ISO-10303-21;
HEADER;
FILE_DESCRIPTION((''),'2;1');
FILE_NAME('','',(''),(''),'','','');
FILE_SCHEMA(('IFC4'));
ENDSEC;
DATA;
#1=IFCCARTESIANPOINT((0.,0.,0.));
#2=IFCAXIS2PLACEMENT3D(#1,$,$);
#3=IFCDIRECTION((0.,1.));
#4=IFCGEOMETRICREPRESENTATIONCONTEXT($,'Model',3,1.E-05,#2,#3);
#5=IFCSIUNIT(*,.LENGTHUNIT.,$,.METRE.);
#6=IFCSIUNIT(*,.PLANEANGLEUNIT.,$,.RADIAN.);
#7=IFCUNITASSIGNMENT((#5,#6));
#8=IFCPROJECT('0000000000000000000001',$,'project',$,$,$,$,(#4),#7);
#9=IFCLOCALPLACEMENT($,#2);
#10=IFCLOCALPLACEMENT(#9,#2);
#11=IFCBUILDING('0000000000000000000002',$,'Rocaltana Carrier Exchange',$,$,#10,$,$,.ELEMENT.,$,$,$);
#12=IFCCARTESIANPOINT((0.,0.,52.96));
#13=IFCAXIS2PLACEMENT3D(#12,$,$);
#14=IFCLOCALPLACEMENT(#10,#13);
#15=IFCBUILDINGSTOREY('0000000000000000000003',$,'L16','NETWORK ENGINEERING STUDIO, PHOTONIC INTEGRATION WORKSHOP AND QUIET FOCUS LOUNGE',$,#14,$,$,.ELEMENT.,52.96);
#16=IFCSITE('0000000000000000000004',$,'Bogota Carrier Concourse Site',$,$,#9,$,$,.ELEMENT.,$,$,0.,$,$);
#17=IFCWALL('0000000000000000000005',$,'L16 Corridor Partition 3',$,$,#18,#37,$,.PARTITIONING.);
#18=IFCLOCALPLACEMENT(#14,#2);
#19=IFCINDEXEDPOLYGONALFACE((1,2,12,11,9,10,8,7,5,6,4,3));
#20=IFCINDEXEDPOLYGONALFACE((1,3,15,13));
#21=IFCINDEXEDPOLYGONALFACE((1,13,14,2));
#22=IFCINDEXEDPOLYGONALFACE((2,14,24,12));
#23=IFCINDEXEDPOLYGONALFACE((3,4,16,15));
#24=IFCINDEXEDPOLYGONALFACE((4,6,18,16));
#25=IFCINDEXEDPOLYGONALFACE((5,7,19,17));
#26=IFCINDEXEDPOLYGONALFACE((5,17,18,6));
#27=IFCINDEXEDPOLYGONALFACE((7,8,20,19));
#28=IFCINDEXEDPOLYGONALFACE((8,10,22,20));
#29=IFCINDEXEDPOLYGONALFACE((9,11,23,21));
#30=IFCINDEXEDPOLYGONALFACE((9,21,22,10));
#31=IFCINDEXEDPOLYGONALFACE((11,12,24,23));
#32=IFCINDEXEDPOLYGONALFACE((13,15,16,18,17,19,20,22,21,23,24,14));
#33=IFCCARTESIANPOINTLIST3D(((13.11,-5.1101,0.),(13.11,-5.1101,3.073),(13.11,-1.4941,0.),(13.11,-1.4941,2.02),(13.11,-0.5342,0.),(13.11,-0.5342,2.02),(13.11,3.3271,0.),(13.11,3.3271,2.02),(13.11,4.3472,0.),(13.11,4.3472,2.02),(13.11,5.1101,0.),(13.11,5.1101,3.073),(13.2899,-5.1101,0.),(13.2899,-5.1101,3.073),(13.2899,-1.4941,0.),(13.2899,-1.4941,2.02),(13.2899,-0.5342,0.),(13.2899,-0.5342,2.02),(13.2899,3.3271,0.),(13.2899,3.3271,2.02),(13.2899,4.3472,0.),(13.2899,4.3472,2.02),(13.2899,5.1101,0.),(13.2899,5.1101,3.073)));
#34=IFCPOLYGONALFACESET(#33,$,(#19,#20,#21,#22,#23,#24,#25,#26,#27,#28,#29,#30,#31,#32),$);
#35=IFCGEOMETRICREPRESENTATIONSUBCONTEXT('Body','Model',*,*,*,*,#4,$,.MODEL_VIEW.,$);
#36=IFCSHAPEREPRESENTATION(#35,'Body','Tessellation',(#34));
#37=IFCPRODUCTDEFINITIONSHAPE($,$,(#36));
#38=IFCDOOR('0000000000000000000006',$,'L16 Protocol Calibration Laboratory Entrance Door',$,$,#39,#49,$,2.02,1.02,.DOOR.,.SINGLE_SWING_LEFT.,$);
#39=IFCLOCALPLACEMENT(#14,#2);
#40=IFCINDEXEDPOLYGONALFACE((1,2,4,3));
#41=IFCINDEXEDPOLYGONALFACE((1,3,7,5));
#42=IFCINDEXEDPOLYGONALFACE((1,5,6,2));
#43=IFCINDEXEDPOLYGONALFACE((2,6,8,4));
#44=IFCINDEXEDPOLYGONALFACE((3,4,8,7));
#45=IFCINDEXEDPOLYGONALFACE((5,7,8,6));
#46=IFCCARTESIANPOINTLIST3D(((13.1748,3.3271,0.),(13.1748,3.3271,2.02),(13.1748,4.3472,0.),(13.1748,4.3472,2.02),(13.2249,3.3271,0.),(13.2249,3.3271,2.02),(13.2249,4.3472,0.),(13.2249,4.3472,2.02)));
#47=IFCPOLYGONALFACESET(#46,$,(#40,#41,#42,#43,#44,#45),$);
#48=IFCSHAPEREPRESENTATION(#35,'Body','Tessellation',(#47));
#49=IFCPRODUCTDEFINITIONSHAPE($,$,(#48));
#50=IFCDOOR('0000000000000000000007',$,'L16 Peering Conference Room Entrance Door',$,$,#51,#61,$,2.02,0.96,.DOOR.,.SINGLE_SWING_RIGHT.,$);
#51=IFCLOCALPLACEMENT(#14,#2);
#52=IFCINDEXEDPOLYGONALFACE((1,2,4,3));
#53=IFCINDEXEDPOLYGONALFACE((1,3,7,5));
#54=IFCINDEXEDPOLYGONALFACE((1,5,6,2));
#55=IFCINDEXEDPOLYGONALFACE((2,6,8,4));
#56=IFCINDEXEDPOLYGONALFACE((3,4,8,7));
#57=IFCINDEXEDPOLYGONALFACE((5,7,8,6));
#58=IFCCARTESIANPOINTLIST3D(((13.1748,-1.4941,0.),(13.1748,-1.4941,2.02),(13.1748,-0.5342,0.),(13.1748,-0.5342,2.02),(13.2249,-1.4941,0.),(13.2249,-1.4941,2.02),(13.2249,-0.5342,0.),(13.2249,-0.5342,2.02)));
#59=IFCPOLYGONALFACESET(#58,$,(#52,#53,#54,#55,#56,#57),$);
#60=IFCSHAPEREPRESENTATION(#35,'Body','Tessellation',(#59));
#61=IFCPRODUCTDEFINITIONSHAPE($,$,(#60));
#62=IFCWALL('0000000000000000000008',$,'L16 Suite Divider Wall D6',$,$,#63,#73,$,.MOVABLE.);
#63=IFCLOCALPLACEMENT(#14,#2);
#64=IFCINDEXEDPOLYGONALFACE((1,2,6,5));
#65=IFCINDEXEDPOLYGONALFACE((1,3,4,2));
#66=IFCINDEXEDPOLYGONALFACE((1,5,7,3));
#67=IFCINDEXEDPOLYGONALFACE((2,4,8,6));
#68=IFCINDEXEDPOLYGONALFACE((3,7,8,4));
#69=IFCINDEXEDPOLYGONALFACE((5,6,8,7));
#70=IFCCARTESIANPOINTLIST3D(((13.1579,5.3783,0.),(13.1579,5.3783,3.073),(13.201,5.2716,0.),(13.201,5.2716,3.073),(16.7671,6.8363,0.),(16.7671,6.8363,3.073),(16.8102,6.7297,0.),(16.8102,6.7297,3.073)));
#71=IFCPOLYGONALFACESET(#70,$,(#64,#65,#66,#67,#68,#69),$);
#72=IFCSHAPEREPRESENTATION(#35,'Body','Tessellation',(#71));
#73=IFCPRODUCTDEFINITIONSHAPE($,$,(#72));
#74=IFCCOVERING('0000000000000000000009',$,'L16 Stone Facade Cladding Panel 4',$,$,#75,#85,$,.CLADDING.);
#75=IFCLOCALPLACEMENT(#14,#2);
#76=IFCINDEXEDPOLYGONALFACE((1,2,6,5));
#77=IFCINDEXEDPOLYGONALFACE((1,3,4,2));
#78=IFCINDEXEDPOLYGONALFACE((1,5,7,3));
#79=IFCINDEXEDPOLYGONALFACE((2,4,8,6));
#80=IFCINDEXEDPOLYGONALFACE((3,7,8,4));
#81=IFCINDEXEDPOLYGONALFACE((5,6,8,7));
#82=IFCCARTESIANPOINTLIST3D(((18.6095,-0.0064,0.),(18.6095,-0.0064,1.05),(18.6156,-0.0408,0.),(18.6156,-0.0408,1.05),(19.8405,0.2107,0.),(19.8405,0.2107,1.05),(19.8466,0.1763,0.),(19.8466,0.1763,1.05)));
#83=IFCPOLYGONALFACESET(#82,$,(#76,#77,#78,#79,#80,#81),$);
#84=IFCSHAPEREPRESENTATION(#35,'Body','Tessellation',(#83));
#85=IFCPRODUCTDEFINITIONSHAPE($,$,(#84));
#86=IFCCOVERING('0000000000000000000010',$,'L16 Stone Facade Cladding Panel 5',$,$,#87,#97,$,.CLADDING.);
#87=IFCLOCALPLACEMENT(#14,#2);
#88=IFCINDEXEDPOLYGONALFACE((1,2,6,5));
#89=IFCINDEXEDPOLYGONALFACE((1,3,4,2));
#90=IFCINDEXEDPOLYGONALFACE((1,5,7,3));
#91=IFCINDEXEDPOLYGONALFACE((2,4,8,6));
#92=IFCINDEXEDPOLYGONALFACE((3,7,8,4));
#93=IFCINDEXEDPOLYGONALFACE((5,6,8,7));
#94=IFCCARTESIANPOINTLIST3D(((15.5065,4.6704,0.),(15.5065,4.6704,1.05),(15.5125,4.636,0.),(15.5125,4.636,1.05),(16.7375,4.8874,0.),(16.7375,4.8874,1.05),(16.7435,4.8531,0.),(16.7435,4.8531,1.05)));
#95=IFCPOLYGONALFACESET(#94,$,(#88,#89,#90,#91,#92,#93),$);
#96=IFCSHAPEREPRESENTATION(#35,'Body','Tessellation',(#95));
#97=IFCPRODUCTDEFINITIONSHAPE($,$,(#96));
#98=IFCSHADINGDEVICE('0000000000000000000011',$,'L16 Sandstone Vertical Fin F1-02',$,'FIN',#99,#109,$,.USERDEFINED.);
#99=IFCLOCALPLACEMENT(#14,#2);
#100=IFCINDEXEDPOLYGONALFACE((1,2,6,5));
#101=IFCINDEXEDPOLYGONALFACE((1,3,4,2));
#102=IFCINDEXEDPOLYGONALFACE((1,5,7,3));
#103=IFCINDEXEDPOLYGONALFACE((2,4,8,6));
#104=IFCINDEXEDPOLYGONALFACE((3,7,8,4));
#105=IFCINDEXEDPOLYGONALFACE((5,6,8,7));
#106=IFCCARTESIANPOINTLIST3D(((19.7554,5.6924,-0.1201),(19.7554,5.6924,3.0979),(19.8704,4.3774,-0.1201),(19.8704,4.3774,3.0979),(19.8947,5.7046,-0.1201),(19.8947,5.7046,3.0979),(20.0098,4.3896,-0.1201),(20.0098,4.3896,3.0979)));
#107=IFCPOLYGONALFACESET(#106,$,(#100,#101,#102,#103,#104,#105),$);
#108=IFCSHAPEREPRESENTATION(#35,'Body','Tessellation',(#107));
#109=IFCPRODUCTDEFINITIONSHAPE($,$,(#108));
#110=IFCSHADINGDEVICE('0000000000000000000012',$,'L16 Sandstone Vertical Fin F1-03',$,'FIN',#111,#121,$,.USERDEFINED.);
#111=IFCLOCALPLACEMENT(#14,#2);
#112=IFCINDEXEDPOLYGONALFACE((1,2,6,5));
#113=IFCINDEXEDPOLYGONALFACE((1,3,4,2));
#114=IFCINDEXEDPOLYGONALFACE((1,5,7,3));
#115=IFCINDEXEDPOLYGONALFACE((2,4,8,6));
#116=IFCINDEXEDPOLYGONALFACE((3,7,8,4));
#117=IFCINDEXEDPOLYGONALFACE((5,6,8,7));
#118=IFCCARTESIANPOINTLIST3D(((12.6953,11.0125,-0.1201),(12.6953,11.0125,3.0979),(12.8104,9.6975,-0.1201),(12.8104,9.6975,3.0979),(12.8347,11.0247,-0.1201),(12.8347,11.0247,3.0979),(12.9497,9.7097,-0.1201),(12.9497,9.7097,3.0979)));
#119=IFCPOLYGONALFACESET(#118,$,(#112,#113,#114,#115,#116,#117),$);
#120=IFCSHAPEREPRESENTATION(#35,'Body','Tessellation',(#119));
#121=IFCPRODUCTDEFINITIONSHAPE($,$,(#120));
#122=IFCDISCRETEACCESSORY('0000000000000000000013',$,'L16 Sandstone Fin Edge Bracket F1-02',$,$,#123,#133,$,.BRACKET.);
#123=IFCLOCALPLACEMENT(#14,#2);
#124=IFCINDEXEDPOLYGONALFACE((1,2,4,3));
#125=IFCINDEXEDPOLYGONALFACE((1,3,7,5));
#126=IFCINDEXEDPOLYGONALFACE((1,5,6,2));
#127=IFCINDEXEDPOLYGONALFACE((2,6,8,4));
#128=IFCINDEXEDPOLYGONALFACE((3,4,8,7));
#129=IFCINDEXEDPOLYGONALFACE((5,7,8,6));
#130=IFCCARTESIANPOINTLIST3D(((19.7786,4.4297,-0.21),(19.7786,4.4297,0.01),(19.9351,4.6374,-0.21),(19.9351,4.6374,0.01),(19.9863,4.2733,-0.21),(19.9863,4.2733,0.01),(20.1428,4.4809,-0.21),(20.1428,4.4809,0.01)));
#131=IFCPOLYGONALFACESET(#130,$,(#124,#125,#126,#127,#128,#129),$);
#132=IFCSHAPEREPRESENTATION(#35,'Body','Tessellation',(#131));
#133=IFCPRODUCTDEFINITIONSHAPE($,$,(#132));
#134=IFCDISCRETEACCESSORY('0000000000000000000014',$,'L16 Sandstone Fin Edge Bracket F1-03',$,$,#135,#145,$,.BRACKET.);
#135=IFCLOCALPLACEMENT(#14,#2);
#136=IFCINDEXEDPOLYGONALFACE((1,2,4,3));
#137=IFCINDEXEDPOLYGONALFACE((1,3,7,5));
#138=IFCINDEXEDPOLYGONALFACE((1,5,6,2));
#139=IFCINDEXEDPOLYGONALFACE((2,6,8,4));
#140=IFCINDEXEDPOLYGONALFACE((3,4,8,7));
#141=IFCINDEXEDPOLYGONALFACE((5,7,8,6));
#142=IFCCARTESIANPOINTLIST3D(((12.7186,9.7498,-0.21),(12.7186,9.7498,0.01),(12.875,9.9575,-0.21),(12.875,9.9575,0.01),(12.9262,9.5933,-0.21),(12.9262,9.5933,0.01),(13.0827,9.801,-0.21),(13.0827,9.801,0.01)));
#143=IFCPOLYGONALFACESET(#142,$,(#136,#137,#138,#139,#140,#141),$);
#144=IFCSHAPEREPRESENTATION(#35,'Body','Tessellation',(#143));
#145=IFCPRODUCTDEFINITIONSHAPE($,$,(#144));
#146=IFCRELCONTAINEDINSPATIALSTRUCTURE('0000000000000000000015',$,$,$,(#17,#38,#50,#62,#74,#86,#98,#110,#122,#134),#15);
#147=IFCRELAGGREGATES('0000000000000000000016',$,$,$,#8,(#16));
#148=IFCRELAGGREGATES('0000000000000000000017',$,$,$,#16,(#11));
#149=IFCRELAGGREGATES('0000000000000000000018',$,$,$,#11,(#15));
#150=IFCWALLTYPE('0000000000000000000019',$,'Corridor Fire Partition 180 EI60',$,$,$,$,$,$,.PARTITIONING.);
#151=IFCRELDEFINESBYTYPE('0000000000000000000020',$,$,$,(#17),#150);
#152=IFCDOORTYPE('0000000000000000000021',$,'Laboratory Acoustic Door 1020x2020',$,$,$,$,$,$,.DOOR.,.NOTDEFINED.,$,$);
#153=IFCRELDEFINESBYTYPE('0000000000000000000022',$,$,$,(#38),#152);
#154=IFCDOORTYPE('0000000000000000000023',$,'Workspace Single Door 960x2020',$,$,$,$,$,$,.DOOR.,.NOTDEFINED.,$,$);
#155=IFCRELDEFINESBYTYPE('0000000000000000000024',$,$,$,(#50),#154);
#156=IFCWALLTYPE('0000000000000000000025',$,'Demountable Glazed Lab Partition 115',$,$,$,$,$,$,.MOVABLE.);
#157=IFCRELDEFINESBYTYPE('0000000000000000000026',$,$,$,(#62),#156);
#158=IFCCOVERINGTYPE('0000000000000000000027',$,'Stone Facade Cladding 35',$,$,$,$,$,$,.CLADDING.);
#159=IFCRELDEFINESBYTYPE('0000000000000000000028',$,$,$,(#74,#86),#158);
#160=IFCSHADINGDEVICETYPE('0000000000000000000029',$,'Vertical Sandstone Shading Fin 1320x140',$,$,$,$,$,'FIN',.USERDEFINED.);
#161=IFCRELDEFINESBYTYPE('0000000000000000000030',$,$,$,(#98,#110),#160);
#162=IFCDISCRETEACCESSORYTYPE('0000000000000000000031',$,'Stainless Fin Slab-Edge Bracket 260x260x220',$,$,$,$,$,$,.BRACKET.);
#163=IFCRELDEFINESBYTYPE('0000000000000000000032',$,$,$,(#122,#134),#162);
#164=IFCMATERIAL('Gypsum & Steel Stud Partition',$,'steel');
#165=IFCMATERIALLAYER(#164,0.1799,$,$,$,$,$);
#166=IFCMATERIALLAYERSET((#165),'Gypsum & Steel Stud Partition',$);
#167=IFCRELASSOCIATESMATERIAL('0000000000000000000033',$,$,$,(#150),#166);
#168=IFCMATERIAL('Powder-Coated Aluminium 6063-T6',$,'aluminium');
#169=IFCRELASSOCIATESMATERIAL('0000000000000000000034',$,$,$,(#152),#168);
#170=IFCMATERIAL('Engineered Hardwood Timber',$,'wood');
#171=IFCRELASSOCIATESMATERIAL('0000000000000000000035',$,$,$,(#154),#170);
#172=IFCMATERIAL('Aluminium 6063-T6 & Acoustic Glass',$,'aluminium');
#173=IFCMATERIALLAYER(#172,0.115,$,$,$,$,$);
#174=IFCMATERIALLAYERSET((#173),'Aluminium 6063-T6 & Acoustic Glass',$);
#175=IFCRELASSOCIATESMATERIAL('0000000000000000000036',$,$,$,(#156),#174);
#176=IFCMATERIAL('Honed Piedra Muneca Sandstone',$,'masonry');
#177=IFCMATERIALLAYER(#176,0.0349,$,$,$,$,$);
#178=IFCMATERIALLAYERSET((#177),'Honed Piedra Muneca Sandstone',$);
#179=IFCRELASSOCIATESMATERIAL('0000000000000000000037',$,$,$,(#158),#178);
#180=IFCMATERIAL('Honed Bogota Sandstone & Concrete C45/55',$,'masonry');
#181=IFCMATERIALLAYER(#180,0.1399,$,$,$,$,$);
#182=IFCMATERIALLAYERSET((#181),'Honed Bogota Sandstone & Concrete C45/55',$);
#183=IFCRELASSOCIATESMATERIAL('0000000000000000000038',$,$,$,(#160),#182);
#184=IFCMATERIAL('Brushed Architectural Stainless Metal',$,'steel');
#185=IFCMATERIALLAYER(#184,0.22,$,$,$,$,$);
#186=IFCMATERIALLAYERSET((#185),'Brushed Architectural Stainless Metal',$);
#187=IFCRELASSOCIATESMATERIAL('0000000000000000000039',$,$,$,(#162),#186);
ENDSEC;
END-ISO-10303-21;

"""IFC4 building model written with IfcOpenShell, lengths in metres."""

from ifc_helpers import new_model, si_unit, direction, frame, frame_2d, origin, origin_2d, place, context, subcontext, project, spatial, rectangle, extrude, material, layer, layer_set, type_object, element, fill, save


model = new_model("IFC4")

# Units and contexts
model_context = context("Model", 3, precision=1e-05, world=origin(), true_north=direction((0.0, 1.0)))
body_context = subcontext(model_context, "Body", "Model", "MODEL_VIEW")
ifc_project = project(units=[si_unit("LENGTHUNIT", "METRE"), si_unit("PLANEANGLEUNIT", "RADIAN")], contexts=[model_context])

# Site, building, storey
site_placement = place(None, origin())
site = spatial("IfcSite", under=ifc_project, at=site_placement, Name="Bogota Carrier Concourse Site", CompositionType="ELEMENT", RefElevation=0.0)
building_placement = place(site_placement, origin())
building = spatial("IfcBuilding", under=site, at=building_placement, Name="Rocaltana Carrier Exchange", CompositionType="ELEMENT")
storey_placement = place(building_placement, frame((0.0, 0.0, 52.96)))
storey = spatial("IfcBuildingStorey", under=building, at=storey_placement, Name="L16", Description="NETWORK ENGINEERING STUDIO, PHOTONIC INTEGRATION WORKSHOP AND QUIET FOCUS LOUNGE", CompositionType="ELEMENT", Elevation=52.96)

# Wall, openings, doors
ifc_material_1 = material(Name="Gypsum & Steel Stud Partition", Category="steel")
ifc_layer_1 = layer(ifc_material_1, 0.1799)
ifc_layer_set_1 = layer_set([ifc_layer_1], Name="Gypsum & Steel Stud Partition")
wall_type_1 = type_object("IfcWallType", Name="Corridor Fire Partition 180 EI60", PredefinedType="PARTITIONING", material=ifc_layer_set_1)
wall_1_placement = place(storey_placement, frame((13.2, 5.1101, 0.0), z_axis=(0.0, 0.0, 1.0), x_axis=(0.0, -1.0, 0.0)))
wall_1 = element("IfcWall", 1, at=wall_1_placement, inside=storey, type_object=wall_type_1, Name="L16 Corridor Partition 3", PredefinedType="PARTITIONING", context=body_context, shape_type="SweptSolid", body=[
    extrude(rectangle(XDim=10.2202, YDim=0.1799, at=frame_2d((5.1101, 0.0))), origin(), (0.0, 0.0, 1.0), 3.073),
])
opening_1_placement = place(wall_1_placement, frame((5.6443, 0.0, 0.0)))
opening_1 = element("IfcOpeningElement", 2, at=opening_1_placement, cuts=wall_1, PredefinedType="OPENING", context=body_context, shape_type="SweptSolid", body=[
    extrude(rectangle(XDim=0.96, YDim=2.02, at=frame_2d((0.48, 1.01))), frame((0.0, 0.0999, 0.0), z_axis=(0.0, -1.0, 0.0), x_axis=(1.0, 0.0, 0.0)), (0.0, 0.0, 1.0), 0.2),
])
opening_2_placement = place(wall_1_placement, frame((0.7629, 0.0, 0.0)))
opening_2 = element("IfcOpeningElement", 3, at=opening_2_placement, cuts=wall_1, PredefinedType="OPENING", context=body_context, shape_type="SweptSolid", body=[
    extrude(rectangle(XDim=1.02, YDim=2.02, at=frame_2d((0.51, 1.01))), frame((0.0, 0.0999, 0.0), z_axis=(0.0, -1.0, 0.0), x_axis=(1.0, 0.0, 0.0)), (0.0, 0.0, 1.0), 0.2),
])
ifc_material_2 = material(Name="Powder-Coated Aluminium 6063-T6", Category="aluminium")
door_type_1 = type_object("IfcDoorType", Name="Laboratory Acoustic Door 1020x2020", OperationType="NOTDEFINED", PredefinedType="DOOR", material=ifc_material_2)
door_1_placement = place(opening_2_placement, origin())
door_1 = element("IfcDoor", 4, at=door_1_placement, inside=storey, type_object=door_type_1, Name="L16 Protocol Calibration Laboratory Entrance Door", OperationType="SINGLE_SWING_LEFT", OverallHeight=2.02, OverallWidth=1.02, PredefinedType="DOOR", context=body_context, shape_type="SweptSolid", body=[
    extrude(rectangle(XDim=1.02, YDim=2.02, at=frame_2d((0.51, 1.01))), frame((0.0, 0.0249, 0.0), z_axis=(0.0, -1.0, 0.0), x_axis=(1.0, 0.0, 0.0)), (0.0, 0.0, 1.0), 0.05),
])
fill(opening_2, door_1)
ifc_material_3 = material(Name="Engineered Hardwood Timber", Category="wood")
door_type_2 = type_object("IfcDoorType", Name="Workspace Single Door 960x2020", OperationType="NOTDEFINED", PredefinedType="DOOR", material=ifc_material_3)
door_2_placement = place(opening_1_placement, origin())
door_2 = element("IfcDoor", 5, at=door_2_placement, inside=storey, type_object=door_type_2, Name="L16 Peering Conference Room Entrance Door", OperationType="SINGLE_SWING_RIGHT", OverallHeight=2.02, OverallWidth=0.96, PredefinedType="DOOR", context=body_context, shape_type="SweptSolid", body=[
    extrude(rectangle(XDim=0.96, YDim=2.02, at=frame_2d((0.48, 1.01))), frame((0.0, 0.0249, 0.0), z_axis=(0.0, -1.0, 0.0), x_axis=(1.0, 0.0, 0.0)), (0.0, 0.0, 1.0), 0.05),
])
fill(opening_1, door_2)

# Wall
ifc_material_4 = material(Name="Aluminium 6063-T6 & Acoustic Glass", Category="aluminium")
ifc_layer_2 = layer(ifc_material_4, 0.115)
ifc_layer_set_2 = layer_set([ifc_layer_2], Name="Aluminium 6063-T6 & Acoustic Glass")
wall_type_2 = type_object("IfcWallType", Name="Demountable Glazed Lab Partition 115", PredefinedType="MOVABLE", material=ifc_layer_set_2)
wall_2_placement = place(storey_placement, frame((13.1794, 5.325, 0.0), z_axis=(0.0, 0.0, 1.0), x_axis=(0.9272, 0.374568, 0.0)))
element("IfcWall", 6, at=wall_2_placement, inside=storey, type_object=wall_type_2, Name="L16 Suite Divider Wall D6", PredefinedType="MOVABLE", context=body_context, shape_type="SweptSolid", body=[
    extrude(rectangle(XDim=3.8926, YDim=0.115, at=frame_2d((1.9463, 0.0))), origin(), (0.0, 0.0, 1.0), 3.073),
])

# Coverings
ifc_material_5 = material(Name="Honed Piedra Muneca Sandstone", Category="masonry")
ifc_layer_3 = layer(ifc_material_5, 0.0349)
ifc_layer_set_3 = layer_set([ifc_layer_3], Name="Honed Piedra Muneca Sandstone")
covering_type = type_object("IfcCoveringType", Name="Stone Facade Cladding 35", PredefinedType="CLADDING", material=ifc_layer_set_3)
for number, where, z_axis, x_axis, name in (
    (7, (19.228, 0.085, 0.0), (0.0, 0.0, 1.0), (0.984808, 0.173648, 0.0), "L16 Stone Facade Cladding Panel 4"),
    (8, (16.125, 4.7617, 0.0), (0.0, 0.0, 1.0), (0.984808, 0.173648, 0.0), "L16 Stone Facade Cladding Panel 5"),
):
    element("IfcCovering", number, at=place(storey_placement, frame(where, z_axis=z_axis, x_axis=x_axis)), inside=storey, type_object=covering_type, Name=name, PredefinedType="CLADDING", context=body_context, shape_type="SweptSolid", body=[
        extrude(rectangle(XDim=1.25, YDim=0.0349, at=origin_2d()), origin(), (0.0, 0.0, 1.0), 1.05),
    ])

# Shading devices
ifc_material_6 = material(Name="Honed Bogota Sandstone & Concrete C45/55", Category="masonry")
ifc_layer_4 = layer(ifc_material_6, 0.1399)
ifc_layer_set_4 = layer_set([ifc_layer_4], Name="Honed Bogota Sandstone & Concrete C45/55")
shading_device_type = type_object("IfcShadingDeviceType", Name="Vertical Sandstone Shading Fin 1320x140", ElementType="FIN", PredefinedType="USERDEFINED", material=ifc_layer_set_4)
for number, where, z_axis, x_axis, name in (
    (9, (19.8826, 5.041, -0.1201), (0.0, 0.0, 1.0), (-0.087156, 0.996195, 0.0), "L16 Sandstone Vertical Fin F1-02"),
    (10, (12.8225, 10.3611, -0.1201), (0.0, 0.0, 1.0), (-0.087156, 0.996195, 0.0), "L16 Sandstone Vertical Fin F1-03"),
):
    element("IfcShadingDevice", number, at=place(storey_placement, frame(where, z_axis=z_axis, x_axis=x_axis)), inside=storey, type_object=shading_device_type, Name=name, ObjectType="FIN", PredefinedType="USERDEFINED", context=body_context, shape_type="SweptSolid", body=[
        extrude(rectangle(XDim=1.3201, YDim=0.1399, at=origin_2d()), origin(), (0.0, 0.0, 1.0), 3.218),
    ])

# Discrete accessories
ifc_material_7 = material(Name="Brushed Architectural Stainless Metal", Category="steel")
ifc_layer_5 = layer(ifc_material_7, 0.22)
ifc_layer_set_5 = layer_set([ifc_layer_5], Name="Brushed Architectural Stainless Metal")
discrete_accessory_type = type_object("IfcDiscreteAccessoryType", Name="Stainless Fin Slab-Edge Bracket 260x260x220", PredefinedType="BRACKET", material=ifc_layer_set_5)
for number, where, z_axis, x_axis, name in (
    (11, (19.9607, 4.4553, -0.21), (0.0, 0.0, 1.0), (-0.798636, 0.601815, 0.0), "L16 Sandstone Fin Edge Bracket F1-02"),
    (12, (12.9006, 9.7754, -0.21), (0.0, 0.0, 1.0), (-0.798636, 0.601815, 0.0), "L16 Sandstone Fin Edge Bracket F1-03"),
):
    element("IfcDiscreteAccessory", number, at=place(storey_placement, frame(where, z_axis=z_axis, x_axis=x_axis)), inside=storey, type_object=discrete_accessory_type, Name=name, PredefinedType="BRACKET", context=body_context, shape_type="SweptSolid", body=[
        extrude(rectangle(XDim=0.26, YDim=0.26, at=origin_2d()), origin(), (0.0, 0.0, 1.0), 0.22),
    ])

save(model, "model.ifc")
